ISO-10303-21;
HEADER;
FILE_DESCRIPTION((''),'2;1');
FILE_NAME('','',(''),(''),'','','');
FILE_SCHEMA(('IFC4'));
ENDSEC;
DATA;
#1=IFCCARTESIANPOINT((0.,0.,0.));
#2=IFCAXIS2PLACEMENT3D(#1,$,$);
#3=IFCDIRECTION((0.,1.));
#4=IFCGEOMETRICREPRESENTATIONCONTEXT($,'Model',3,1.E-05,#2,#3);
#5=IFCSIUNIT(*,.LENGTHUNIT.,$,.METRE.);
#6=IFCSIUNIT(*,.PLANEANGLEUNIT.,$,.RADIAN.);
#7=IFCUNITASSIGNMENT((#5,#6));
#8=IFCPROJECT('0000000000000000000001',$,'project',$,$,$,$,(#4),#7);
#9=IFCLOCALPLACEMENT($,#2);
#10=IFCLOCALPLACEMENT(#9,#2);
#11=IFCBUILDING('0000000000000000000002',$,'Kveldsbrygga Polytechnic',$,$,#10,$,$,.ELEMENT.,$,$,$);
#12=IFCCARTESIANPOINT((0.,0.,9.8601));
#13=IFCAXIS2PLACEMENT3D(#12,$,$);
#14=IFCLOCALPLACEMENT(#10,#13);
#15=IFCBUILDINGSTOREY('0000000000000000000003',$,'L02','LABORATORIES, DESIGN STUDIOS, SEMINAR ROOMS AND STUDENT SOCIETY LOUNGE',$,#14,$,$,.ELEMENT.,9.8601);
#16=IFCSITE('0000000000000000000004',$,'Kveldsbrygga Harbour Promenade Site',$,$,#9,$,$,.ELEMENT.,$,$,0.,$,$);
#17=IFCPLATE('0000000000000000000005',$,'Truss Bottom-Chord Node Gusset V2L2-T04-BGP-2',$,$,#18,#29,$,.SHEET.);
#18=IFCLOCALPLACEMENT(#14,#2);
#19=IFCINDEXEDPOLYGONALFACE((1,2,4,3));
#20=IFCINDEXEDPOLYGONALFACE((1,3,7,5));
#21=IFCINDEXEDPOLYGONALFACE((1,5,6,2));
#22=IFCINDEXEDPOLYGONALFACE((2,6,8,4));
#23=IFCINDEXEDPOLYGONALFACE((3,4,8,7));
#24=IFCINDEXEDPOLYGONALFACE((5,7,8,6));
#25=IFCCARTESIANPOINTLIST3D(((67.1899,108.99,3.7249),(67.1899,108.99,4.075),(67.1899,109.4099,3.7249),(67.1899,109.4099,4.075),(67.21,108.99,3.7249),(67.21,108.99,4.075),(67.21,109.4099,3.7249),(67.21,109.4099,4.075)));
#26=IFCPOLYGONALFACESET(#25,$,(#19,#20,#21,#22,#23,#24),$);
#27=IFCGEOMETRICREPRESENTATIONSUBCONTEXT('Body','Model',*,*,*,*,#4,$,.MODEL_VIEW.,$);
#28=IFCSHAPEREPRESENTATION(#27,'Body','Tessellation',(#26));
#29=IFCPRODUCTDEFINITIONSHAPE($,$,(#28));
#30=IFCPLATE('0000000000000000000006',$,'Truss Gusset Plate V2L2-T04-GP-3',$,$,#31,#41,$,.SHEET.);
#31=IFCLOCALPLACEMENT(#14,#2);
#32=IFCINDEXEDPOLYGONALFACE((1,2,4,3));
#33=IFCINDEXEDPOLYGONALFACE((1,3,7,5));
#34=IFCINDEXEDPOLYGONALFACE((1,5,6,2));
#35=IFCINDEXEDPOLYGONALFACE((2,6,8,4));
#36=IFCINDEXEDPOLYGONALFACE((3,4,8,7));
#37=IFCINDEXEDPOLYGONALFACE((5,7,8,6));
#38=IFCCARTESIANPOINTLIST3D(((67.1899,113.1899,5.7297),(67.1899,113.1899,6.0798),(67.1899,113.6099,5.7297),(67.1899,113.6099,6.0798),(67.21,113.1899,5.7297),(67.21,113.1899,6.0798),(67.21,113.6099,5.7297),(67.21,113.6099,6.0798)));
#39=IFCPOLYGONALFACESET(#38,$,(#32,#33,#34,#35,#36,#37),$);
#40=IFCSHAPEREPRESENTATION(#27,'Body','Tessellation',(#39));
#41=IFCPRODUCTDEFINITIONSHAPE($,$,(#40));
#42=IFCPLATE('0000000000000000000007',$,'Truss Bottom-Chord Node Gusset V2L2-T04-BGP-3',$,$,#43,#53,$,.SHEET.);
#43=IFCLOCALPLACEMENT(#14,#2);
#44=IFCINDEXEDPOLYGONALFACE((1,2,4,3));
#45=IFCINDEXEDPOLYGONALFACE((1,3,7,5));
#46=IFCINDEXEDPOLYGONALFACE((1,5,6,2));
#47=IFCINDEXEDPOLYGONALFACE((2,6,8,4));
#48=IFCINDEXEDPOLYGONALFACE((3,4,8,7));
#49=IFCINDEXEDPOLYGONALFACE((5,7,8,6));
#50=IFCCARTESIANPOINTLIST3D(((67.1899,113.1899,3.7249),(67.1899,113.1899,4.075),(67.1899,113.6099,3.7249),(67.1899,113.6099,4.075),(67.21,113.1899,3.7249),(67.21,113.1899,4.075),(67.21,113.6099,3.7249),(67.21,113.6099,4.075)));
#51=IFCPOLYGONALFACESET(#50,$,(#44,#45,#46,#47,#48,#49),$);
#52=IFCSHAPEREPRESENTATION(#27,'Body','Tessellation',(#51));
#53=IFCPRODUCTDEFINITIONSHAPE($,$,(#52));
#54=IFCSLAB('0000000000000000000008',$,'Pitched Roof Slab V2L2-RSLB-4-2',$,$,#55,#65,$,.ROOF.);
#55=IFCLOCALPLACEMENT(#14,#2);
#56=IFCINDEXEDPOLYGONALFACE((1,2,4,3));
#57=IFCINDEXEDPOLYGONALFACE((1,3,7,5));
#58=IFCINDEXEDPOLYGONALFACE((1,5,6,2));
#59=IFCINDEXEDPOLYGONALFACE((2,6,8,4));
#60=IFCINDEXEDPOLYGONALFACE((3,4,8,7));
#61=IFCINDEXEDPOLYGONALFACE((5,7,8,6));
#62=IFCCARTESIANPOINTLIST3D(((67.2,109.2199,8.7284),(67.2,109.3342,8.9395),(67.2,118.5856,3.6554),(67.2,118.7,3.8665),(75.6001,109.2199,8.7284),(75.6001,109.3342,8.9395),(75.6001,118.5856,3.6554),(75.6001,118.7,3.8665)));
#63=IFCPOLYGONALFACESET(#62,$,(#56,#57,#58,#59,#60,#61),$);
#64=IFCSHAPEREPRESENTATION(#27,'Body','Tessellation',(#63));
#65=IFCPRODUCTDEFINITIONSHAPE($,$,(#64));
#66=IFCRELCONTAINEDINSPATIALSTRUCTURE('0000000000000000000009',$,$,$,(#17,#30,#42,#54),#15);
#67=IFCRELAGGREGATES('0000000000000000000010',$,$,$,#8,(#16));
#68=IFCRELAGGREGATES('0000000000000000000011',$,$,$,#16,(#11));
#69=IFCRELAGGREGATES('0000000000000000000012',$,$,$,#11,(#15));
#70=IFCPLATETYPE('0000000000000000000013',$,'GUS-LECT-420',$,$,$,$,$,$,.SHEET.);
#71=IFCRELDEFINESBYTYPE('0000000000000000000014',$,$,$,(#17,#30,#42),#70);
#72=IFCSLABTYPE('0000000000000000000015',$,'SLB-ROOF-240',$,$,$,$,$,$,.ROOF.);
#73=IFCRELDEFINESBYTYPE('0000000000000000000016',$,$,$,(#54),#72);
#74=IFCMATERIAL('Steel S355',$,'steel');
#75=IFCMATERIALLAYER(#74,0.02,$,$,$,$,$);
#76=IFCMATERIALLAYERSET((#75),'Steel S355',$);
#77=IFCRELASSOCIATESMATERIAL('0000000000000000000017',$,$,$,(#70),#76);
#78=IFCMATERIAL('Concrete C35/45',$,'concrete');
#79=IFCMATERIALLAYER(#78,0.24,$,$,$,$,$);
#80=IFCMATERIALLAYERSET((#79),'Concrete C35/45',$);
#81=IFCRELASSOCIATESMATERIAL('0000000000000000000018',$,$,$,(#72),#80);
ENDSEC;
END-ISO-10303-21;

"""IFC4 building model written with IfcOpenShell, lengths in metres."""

from ifc_helpers import new_model, si_unit, direction, frame, origin, origin_2d, place, context, subcontext, project, spatial, polyline, rectangle, outline, extrude, material, layer, layer_set, type_object, element, save


model = new_model("IFC4")

# Units and contexts
model_context = context("Model", 3, precision=1e-05, world=origin(), true_north=direction((0.0, 1.0)))
body_context = subcontext(model_context, "Body", "Model", "MODEL_VIEW")
ifc_project = project(units=[si_unit("LENGTHUNIT", "METRE"), si_unit("PLANEANGLEUNIT", "RADIAN")], contexts=[model_context])

# Site, building, storey
site_placement = place(None, origin())
site = spatial("IfcSite", under=ifc_project, at=site_placement, Name="Kveldsbrygga Harbour Promenade Site", CompositionType="ELEMENT", RefElevation=0.0)
building_placement = place(site_placement, origin())
building = spatial("IfcBuilding", under=site, at=building_placement, Name="Kveldsbrygga Polytechnic", CompositionType="ELEMENT")
storey_placement = place(building_placement, frame((0.0, 0.0, 9.8601)))
storey = spatial("IfcBuildingStorey", under=building, at=storey_placement, Name="L02", Description="LABORATORIES, DESIGN STUDIOS, SEMINAR ROOMS AND STUDENT SOCIETY LOUNGE", CompositionType="ELEMENT", Elevation=9.8601)

# Shared definitions
ifc_material_1 = material(Name="Steel S355", Category="steel")

# Plates
ifc_layer_1 = layer(ifc_material_1, 0.02)
ifc_layer_set_1 = layer_set([ifc_layer_1], Name="Steel S355")
plate_type_1 = type_object("IfcPlateType", Name="GUS-LECT-420", PredefinedType="SHEET", material=ifc_layer_set_1)
for number, where, z_axis, x_axis, name in (
    (1, (67.2, 109.2, 3.7249), (0.0, 0.0, 1.0), (1.0, 0.0, 0.0), "Truss Bottom-Chord Node Gusset V2L2-T04-BGP-2"),
    (2, (67.2, 113.3999, 5.7297), (0.0, 0.0, 1.0), (1.0, 0.0, 0.0), "Truss Gusset Plate V2L2-T04-GP-3"),
    (3, (67.2, 113.3999, 3.7249), (0.0, 0.0, 1.0), (1.0, 0.0, 0.0), "Truss Bottom-Chord Node Gusset V2L2-T04-BGP-3"),
):
    element("IfcPlate", number, at=place(storey_placement, frame(where, z_axis=z_axis, x_axis=x_axis)), inside=storey, type_object=plate_type_1, Name=name, PredefinedType="SHEET", context=body_context, shape_type="SweptSolid", body=[
        extrude(rectangle(XDim=0.02, YDim=0.4199, at=origin_2d()), origin(), (0.0, 0.0, 1.0), 0.3501),
    ])

# Slab
ifc_material_2 = material(Name="Concrete C35/45", Category="concrete")
ifc_layer_2 = layer(ifc_material_2, 0.24)
ifc_layer_set_2 = layer_set([ifc_layer_2], Name="Concrete C35/45")
slab_type = type_object("IfcSlabType", Name="SLB-ROOF-240", PredefinedType="ROOF", material=ifc_layer_set_2)
slab_placement = place(storey_placement, frame((67.2, 109.3342, 8.9395), z_axis=(0.0, 0.476276, 0.879296), x_axis=(1.0, 0.0, 0.0)))
element("IfcSlab", 4, at=slab_placement, inside=storey, type_object=slab_type, Name="Pitched Roof Slab V2L2-RSLB-4-2", PredefinedType="ROOF", context=body_context, shape_type="SweptSolid", body=[
    extrude(outline(polyline([(0.0, 0.0), (8.4001, 0.0), (8.4001, 10.6514), (0.0, 10.6514), (0.0, 0.0)])), origin(), (0.0, 0.0, -1.0), 0.24),
])

save(model, "model.ifc")
